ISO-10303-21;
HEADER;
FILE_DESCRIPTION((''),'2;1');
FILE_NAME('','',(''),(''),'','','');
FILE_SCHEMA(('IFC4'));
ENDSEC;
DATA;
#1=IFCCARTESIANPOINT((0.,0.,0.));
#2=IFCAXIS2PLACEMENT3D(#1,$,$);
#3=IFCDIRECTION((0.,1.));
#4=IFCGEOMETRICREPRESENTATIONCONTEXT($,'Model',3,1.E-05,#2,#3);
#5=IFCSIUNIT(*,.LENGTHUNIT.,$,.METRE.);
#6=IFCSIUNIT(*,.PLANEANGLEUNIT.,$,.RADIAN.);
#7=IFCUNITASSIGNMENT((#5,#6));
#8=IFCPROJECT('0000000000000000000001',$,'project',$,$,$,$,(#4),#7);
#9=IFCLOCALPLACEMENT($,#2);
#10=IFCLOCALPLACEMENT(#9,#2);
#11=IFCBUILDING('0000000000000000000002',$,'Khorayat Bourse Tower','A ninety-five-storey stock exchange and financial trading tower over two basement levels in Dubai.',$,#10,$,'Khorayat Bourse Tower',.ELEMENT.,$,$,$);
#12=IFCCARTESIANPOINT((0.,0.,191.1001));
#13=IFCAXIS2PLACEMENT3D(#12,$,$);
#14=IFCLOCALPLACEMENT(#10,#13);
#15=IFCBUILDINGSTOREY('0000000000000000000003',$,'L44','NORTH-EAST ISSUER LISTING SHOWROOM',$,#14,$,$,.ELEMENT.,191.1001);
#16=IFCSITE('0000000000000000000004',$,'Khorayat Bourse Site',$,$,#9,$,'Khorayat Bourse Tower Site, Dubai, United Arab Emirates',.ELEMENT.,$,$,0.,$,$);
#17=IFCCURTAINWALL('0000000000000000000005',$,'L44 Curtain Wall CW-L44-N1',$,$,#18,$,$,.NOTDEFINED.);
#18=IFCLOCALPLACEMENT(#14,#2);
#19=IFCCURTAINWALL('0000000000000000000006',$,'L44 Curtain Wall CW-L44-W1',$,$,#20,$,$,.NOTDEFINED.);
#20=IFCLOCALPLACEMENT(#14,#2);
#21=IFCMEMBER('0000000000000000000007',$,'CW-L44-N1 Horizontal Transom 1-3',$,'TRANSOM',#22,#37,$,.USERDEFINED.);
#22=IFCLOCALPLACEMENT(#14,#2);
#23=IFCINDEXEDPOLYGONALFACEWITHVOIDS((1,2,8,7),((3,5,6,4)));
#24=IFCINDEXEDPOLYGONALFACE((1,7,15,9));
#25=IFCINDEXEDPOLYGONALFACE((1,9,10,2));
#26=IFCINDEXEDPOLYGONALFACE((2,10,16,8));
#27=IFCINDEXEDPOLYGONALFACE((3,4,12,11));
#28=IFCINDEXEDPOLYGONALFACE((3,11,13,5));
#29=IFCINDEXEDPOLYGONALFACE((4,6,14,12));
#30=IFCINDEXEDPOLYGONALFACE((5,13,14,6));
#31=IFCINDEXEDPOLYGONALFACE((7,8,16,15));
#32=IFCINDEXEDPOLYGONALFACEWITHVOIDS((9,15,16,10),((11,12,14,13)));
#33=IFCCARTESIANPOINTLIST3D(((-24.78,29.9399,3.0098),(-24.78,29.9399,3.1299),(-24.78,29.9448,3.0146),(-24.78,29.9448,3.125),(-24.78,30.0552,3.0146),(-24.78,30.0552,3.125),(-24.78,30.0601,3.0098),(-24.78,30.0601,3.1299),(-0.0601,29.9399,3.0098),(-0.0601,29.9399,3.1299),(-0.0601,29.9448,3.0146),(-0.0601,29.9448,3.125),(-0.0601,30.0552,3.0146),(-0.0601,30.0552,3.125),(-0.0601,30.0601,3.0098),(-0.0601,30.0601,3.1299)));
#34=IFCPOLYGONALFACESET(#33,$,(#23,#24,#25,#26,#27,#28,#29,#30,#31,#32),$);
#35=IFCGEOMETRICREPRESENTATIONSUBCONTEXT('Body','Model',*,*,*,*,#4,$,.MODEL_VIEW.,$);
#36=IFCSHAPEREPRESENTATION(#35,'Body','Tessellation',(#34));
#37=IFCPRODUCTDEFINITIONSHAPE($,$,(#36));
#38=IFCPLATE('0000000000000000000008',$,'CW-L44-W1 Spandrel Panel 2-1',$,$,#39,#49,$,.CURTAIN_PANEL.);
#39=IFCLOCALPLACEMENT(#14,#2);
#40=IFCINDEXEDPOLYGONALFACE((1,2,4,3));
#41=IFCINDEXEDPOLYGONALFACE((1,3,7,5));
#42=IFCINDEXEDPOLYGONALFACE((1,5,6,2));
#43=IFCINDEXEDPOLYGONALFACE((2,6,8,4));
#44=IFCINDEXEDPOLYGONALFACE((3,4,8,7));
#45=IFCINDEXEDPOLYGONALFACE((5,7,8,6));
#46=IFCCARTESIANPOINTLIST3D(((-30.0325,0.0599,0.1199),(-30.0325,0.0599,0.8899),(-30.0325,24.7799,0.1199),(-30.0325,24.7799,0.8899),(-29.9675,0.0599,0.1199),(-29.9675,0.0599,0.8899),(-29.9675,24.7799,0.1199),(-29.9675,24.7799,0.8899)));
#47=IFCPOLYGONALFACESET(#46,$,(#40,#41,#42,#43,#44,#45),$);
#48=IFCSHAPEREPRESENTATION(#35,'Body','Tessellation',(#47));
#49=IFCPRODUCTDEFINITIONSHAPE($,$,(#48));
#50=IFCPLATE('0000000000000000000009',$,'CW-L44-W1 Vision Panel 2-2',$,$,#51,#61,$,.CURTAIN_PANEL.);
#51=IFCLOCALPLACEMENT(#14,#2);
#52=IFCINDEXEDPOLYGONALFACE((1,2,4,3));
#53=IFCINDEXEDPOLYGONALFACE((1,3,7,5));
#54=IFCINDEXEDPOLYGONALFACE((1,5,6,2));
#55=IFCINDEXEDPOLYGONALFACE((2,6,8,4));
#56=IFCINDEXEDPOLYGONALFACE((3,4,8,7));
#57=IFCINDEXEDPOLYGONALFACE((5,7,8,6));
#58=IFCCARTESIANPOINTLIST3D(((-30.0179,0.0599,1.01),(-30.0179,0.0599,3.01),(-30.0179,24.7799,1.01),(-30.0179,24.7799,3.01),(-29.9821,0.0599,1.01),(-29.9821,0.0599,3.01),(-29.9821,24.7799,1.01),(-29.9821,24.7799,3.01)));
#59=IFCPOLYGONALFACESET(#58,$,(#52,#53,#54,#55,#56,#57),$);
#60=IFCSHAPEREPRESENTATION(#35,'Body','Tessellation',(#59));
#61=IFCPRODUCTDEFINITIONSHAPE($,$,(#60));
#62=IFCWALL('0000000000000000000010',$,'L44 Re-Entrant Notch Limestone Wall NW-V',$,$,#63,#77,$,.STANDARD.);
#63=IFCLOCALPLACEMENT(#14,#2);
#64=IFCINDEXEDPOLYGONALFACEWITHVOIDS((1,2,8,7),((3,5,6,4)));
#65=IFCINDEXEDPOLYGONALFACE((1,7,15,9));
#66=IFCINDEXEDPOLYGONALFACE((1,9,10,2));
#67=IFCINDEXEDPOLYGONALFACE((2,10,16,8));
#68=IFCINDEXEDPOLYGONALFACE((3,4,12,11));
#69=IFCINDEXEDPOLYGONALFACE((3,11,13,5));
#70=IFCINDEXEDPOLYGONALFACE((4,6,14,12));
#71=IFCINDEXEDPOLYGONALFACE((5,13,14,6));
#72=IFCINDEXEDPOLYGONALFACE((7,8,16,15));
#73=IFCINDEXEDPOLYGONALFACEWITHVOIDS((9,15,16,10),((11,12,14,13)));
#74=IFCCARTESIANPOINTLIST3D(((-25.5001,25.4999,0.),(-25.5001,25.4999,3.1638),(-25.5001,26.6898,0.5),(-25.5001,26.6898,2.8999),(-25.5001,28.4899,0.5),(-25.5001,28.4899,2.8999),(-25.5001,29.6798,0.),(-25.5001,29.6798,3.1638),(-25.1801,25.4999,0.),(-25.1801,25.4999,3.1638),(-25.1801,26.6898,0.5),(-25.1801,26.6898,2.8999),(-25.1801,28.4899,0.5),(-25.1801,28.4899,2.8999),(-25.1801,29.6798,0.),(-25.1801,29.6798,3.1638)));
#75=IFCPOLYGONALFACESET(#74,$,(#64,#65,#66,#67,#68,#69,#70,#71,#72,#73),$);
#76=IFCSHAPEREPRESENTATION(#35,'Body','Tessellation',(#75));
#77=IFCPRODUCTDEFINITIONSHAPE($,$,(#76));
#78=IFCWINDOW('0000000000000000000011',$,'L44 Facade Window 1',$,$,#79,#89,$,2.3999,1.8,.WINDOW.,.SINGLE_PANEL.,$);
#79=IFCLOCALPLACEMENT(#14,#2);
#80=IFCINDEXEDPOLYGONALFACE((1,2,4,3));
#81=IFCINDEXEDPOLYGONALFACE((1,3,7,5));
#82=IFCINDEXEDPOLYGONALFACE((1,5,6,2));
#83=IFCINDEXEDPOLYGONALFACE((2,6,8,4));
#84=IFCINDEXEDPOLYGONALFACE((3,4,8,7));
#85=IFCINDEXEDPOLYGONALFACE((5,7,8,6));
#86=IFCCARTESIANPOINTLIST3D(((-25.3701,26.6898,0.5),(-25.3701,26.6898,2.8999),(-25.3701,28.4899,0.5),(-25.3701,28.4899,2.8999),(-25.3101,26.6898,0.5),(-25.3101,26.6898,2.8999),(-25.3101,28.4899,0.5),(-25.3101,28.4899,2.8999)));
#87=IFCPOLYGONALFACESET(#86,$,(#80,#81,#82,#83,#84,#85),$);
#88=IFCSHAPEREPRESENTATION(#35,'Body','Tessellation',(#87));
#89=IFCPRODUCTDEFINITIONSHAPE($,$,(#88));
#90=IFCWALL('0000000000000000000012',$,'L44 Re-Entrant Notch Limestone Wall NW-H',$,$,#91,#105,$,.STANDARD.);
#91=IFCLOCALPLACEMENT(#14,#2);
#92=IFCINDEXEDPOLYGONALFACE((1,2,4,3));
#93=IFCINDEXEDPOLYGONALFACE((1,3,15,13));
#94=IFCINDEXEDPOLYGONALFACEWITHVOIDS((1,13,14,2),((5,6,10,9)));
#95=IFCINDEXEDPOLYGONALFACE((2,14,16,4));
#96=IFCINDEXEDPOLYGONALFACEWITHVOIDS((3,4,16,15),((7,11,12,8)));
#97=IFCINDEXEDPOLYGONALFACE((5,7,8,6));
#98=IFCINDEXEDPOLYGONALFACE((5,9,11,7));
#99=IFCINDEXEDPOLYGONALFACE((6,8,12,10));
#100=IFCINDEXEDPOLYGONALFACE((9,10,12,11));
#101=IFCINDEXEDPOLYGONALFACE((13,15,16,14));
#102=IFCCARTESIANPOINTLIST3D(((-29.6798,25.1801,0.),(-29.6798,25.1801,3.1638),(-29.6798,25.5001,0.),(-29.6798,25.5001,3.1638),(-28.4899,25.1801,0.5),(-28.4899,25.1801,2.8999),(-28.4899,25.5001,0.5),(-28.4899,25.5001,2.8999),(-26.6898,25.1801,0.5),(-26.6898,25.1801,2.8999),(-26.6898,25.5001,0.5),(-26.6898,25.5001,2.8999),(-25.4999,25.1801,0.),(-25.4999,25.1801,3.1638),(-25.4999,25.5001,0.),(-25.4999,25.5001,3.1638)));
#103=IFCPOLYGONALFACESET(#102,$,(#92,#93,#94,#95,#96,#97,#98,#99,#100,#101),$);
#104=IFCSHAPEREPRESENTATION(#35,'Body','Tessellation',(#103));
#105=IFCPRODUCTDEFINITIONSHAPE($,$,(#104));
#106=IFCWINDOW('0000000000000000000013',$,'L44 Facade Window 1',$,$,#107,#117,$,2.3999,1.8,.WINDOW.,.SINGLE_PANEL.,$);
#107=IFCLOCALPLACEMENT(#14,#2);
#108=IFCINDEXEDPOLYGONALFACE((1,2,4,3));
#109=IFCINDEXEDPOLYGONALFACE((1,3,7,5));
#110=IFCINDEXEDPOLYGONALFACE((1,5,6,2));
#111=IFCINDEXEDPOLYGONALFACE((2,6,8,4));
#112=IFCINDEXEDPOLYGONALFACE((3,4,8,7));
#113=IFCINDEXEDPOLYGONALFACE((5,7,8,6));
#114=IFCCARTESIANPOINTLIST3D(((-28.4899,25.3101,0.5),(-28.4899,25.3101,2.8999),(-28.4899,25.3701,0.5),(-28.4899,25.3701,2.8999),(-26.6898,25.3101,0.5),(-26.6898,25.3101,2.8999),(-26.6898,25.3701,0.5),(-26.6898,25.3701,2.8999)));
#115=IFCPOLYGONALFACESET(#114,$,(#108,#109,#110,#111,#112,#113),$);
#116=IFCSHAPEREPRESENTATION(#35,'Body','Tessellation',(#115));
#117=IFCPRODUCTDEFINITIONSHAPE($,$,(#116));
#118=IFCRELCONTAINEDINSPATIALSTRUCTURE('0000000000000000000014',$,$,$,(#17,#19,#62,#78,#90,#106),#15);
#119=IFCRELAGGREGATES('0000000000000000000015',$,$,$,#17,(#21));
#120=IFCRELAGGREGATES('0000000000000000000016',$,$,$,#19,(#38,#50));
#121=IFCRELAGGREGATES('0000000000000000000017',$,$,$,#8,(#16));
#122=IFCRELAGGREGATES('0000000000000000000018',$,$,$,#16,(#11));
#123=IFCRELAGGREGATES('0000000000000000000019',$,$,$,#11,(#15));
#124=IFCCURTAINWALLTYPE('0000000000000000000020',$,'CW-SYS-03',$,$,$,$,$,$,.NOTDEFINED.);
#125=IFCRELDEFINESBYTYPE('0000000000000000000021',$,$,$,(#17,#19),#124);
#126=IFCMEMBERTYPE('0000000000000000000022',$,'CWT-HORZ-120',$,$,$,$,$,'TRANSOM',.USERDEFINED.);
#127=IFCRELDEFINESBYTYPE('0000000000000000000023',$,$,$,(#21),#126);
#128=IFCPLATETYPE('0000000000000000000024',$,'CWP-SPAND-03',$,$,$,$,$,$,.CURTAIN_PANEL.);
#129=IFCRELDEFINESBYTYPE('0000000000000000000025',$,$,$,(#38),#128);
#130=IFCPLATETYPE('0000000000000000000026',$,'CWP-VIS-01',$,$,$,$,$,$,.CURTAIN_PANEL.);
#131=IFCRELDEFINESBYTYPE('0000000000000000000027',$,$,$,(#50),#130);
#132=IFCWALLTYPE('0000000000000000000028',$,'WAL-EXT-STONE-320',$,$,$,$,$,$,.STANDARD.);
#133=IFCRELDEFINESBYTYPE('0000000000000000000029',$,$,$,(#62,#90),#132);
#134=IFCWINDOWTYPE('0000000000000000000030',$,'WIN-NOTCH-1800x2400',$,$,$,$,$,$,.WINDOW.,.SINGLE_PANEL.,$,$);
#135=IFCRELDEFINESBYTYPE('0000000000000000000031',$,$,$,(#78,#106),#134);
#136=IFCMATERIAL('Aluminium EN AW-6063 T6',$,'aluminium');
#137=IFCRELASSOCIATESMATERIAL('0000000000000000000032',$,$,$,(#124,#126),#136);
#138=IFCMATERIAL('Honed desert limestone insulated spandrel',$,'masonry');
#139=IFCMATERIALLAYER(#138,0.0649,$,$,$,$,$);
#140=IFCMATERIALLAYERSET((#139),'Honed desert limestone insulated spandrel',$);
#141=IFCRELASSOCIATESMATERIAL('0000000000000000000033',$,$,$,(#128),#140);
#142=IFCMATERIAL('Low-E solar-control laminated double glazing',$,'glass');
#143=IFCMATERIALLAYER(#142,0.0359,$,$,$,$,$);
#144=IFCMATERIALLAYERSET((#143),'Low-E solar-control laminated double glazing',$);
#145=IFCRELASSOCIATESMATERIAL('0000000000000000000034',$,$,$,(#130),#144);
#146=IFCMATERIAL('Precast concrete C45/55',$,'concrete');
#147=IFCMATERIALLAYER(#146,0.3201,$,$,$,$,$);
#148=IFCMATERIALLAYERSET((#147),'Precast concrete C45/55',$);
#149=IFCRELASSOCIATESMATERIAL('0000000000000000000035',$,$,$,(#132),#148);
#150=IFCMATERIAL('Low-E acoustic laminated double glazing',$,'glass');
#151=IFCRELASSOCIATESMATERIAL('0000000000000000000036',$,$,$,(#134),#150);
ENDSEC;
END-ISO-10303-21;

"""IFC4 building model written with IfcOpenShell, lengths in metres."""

from ifc_helpers import new_model, si_unit, direction, frame, frame_2d, origin, origin_2d, place, context, subcontext, project, spatial, rectangle, hollow_rectangle, extrude, source, transform, mapped, material, layer, layer_set, material_profile, profile_set, type_object, element, fill, aggregate, save


model = new_model("IFC4")

# Units and contexts
model_context = context("Model", 3, precision=1e-05, world=origin(), true_north=direction((0.0, 1.0)))
body_context = subcontext(model_context, "Body", "Model", "MODEL_VIEW")
ifc_project = project(units=[si_unit("LENGTHUNIT", "METRE"), si_unit("PLANEANGLEUNIT", "RADIAN")], contexts=[model_context])

# Site, building, storey
site_placement = place(None, origin())
site = spatial("IfcSite", under=ifc_project, at=site_placement, Name="Khorayat Bourse Site", LongName="Khorayat Bourse Tower Site, Dubai, United Arab Emirates", CompositionType="ELEMENT", RefElevation=0.0)
building_placement = place(site_placement, origin())
building = spatial("IfcBuilding", under=site, at=building_placement, Name="Khorayat Bourse Tower", Description="A ninety-five-storey stock exchange and financial trading tower over two basement levels in Dubai.", LongName="Khorayat Bourse Tower", CompositionType="ELEMENT")
storey_placement = place(building_placement, frame((0.0, 0.0, 191.1001)))
storey = spatial("IfcBuildingStorey", under=building, at=storey_placement, Name="L44", Description="NORTH-EAST ISSUER LISTING SHOWROOM", CompositionType="ELEMENT", Elevation=191.1001)

# Curtain wall
ifc_material_1 = material(Name="Aluminium EN AW-6063 T6", Category="aluminium")
curtain_wall_type = type_object("IfcCurtainWallType", Name="CW-SYS-03", PredefinedType="NOTDEFINED", material=ifc_material_1)
curtain_wall_1_placement = place(storey_placement, origin())
curtain_wall_1 = element("IfcCurtainWall", 1, at=curtain_wall_1_placement, inside=storey, type_object=curtain_wall_type, Name="L44 Curtain Wall CW-L44-N1", PredefinedType="NOTDEFINED")

# Curtain wall
curtain_wall_2_placement = place(storey_placement, origin())
curtain_wall_2 = element("IfcCurtainWall", 2, at=curtain_wall_2_placement, inside=storey, type_object=curtain_wall_type, Name="L44 Curtain Wall CW-L44-W1", PredefinedType="NOTDEFINED")

# Member
ifc_material_profile_1 = material_profile(ifc_material_1, hollow_rectangle(XDim=0.1201, YDim=0.1201, WallThickness=0.0049, at=origin_2d()), Name="ALU 120x120x5")
ifc_profile_set_1 = profile_set([ifc_material_profile_1], Name="Aluminium EN AW-6063 T6")
member_type_1 = type_object("IfcMemberType", Name="CWT-HORZ-120", ElementType="TRANSOM", PredefinedType="USERDEFINED", material=ifc_profile_set_1)
shared_shape_1 = source(origin(), body_context, "Body", "SweptSolid", [
    extrude(hollow_rectangle(XDim=0.1201, YDim=0.1201, WallThickness=0.0049, at=origin_2d()), origin(), (0.0, 0.0, 1.0), 24.72),
])
member_1_placement = place(storey_placement, frame((-24.78, 30.0, 3.0698), z_axis=(1.0, 0.0, 0.0), x_axis=(0.0, 1.0, 0.0)))
member_1 = element("IfcMember", 3, at=member_1_placement, type_object=member_type_1, Name="CW-L44-N1 Horizontal Transom 1-3", ObjectType="TRANSOM", PredefinedType="USERDEFINED", context=body_context, shape_type="MappedRepresentation", body=[
    mapped(shared_shape_1, transform((0.0, 0.0, 0.0), scale=1.0)),
])
aggregate(curtain_wall_1, [member_1])

# Plates
ifc_material_2 = material(Name="Honed desert limestone insulated spandrel", Category="masonry")
ifc_layer_1 = layer(ifc_material_2, 0.0649)
ifc_layer_set_1 = layer_set([ifc_layer_1], Name="Honed desert limestone insulated spandrel")
plate_type_1 = type_object("IfcPlateType", Name="CWP-SPAND-03", PredefinedType="CURTAIN_PANEL", material=ifc_layer_set_1)
shared_shape_2 = source(origin(), body_context, "Body", "SweptSolid", [
    extrude(rectangle(XDim=24.72, YDim=0.0649, at=origin_2d()), origin(), (0.0, 0.0, 1.0), 0.77),
])
plate_1_placement = place(storey_placement, frame((-30.0, 12.4199, 0.1199), z_axis=(0.0, 0.0, 1.0), x_axis=(0.0, 1.0, 0.0)))
plate_1 = element("IfcPlate", 4, at=plate_1_placement, type_object=plate_type_1, Name="CW-L44-W1 Spandrel Panel 2-1", PredefinedType="CURTAIN_PANEL", context=body_context, shape_type="MappedRepresentation", body=[
    mapped(shared_shape_2, transform((0.0, 0.0, 0.0), scale=1.0)),
])
ifc_material_3 = material(Name="Low-E solar-control laminated double glazing", Category="glass")
ifc_layer_2 = layer(ifc_material_3, 0.0359)
ifc_layer_set_2 = layer_set([ifc_layer_2], Name="Low-E solar-control laminated double glazing")
plate_type_2 = type_object("IfcPlateType", Name="CWP-VIS-01", PredefinedType="CURTAIN_PANEL", material=ifc_layer_set_2)
shared_shape_3 = source(origin(), body_context, "Body", "SweptSolid", [
    extrude(rectangle(XDim=24.72, YDim=0.0359, at=origin_2d()), origin(), (0.0, 0.0, 1.0), 2.0),
])
plate_2_placement = place(storey_placement, frame((-30.0, 12.4199, 1.01), z_axis=(0.0, 0.0, 1.0), x_axis=(0.0, 1.0, 0.0)))
plate_2 = element("IfcPlate", 5, at=plate_2_placement, type_object=plate_type_2, Name="CW-L44-W1 Vision Panel 2-2", PredefinedType="CURTAIN_PANEL", context=body_context, shape_type="MappedRepresentation", body=[
    mapped(shared_shape_3, transform((0.0, 0.0, 0.0), scale=1.0)),
])
aggregate(curtain_wall_2, [plate_1, plate_2])

# Walls, openings, windows
ifc_material_4 = material(Name="Precast concrete C45/55", Category="concrete")
ifc_layer_3 = layer(ifc_material_4, 0.3201)
ifc_layer_set_3 = layer_set([ifc_layer_3], Name="Precast concrete C45/55")
wall_type = type_object("IfcWallType", Name="WAL-EXT-STONE-320", PredefinedType="STANDARD", material=ifc_layer_set_3)
shared_shape_4 = source(origin(), body_context, "Body", "SweptSolid", [
    extrude(rectangle(XDim=4.1799, YDim=0.3201, at=frame_2d((2.0898, 0.0))), origin(), (0.0, 0.0, 1.0), 3.1638),
])
wall_1_placement = place(storey_placement, frame((-25.3401, 25.5, 0.0), z_axis=(0.0, 0.0, 1.0), x_axis=(0.0, 1.0, 0.0)))
wall_1 = element("IfcWall", 6, at=wall_1_placement, inside=storey, type_object=wall_type, Name="L44 Re-Entrant Notch Limestone Wall NW-V", PredefinedType="STANDARD", context=body_context, shape_type="MappedRepresentation", body=[
    mapped(shared_shape_4, transform((0.0, 0.0, 0.0), scale=1.0)),
])
shared_shape_5 = source(origin(), body_context, "Body", "SweptSolid", [
    extrude(rectangle(XDim=1.8, YDim=2.3999, at=frame_2d((0.8999, 1.2))), frame((0.0, 0.1699, 0.0), z_axis=(0.0, -1.0, 0.0), x_axis=(1.0, 0.0, 0.0)), (0.0, 0.0, 1.0), 0.3401),
])
opening_1_placement = place(wall_1_placement, frame((1.1899, 0.0, 0.5)))
opening_1 = element("IfcOpeningElement", 7, at=opening_1_placement, cuts=wall_1, PredefinedType="OPENING", context=body_context, shape_type="MappedRepresentation", body=[
    mapped(shared_shape_5, transform((0.0, 0.0, 0.0), scale=1.0)),
])
ifc_material_5 = material(Name="Low-E acoustic laminated double glazing", Category="glass")
window_type = type_object("IfcWindowType", Name="WIN-NOTCH-1800x2400", PartitioningType="SINGLE_PANEL", PredefinedType="WINDOW", material=ifc_material_5)
shared_shape_6 = source(origin(), body_context, "Body", "SweptSolid", [
    extrude(rectangle(XDim=1.8, YDim=2.3999, at=frame_2d((0.8999, 1.2))), frame((0.0, 0.03, 0.0), z_axis=(0.0, -1.0, 0.0), x_axis=(1.0, 0.0, 0.0)), (0.0, 0.0, 1.0), 0.0601),
])
window_1_placement = place(opening_1_placement, origin())
window_1 = element("IfcWindow", 8, at=window_1_placement, inside=storey, type_object=window_type, Name="L44 Facade Window 1", OverallHeight=2.3999, OverallWidth=1.8, PartitioningType="SINGLE_PANEL", PredefinedType="WINDOW", context=body_context, shape_type="MappedRepresentation", body=[
    mapped(shared_shape_6, transform((0.0, 0.0, 0.0), scale=1.0)),
])
fill(opening_1, window_1)
wall_2_placement = place(storey_placement, frame((-25.5, 25.3401, 0.0), z_axis=(0.0, 0.0, 1.0), x_axis=(-1.0, 0.0, 0.0)))
wall_2 = element("IfcWall", 9, at=wall_2_placement, inside=storey, type_object=wall_type, Name="L44 Re-Entrant Notch Limestone Wall NW-H", PredefinedType="STANDARD", context=body_context, shape_type="MappedRepresentation", body=[
    mapped(shared_shape_4, transform((0.0, 0.0, 0.0), scale=1.0)),
])
opening_2_placement = place(wall_2_placement, frame((1.1899, 0.0, 0.5)))
opening_2 = element("IfcOpeningElement", 10, at=opening_2_placement, cuts=wall_2, PredefinedType="OPENING", context=body_context, shape_type="MappedRepresentation", body=[
    mapped(shared_shape_5, transform((0.0, 0.0, 0.0), scale=1.0)),
])
window_2_placement = place(opening_2_placement, origin())
window_2 = element("IfcWindow", 11, at=window_2_placement, inside=storey, type_object=window_type, Name="L44 Facade Window 1", OverallHeight=2.3999, OverallWidth=1.8, PartitioningType="SINGLE_PANEL", PredefinedType="WINDOW", context=body_context, shape_type="MappedRepresentation", body=[
    mapped(shared_shape_6, transform((0.0, 0.0, 0.0), scale=1.0)),
])
fill(opening_2, window_2)

save(model, "model.ifc")
